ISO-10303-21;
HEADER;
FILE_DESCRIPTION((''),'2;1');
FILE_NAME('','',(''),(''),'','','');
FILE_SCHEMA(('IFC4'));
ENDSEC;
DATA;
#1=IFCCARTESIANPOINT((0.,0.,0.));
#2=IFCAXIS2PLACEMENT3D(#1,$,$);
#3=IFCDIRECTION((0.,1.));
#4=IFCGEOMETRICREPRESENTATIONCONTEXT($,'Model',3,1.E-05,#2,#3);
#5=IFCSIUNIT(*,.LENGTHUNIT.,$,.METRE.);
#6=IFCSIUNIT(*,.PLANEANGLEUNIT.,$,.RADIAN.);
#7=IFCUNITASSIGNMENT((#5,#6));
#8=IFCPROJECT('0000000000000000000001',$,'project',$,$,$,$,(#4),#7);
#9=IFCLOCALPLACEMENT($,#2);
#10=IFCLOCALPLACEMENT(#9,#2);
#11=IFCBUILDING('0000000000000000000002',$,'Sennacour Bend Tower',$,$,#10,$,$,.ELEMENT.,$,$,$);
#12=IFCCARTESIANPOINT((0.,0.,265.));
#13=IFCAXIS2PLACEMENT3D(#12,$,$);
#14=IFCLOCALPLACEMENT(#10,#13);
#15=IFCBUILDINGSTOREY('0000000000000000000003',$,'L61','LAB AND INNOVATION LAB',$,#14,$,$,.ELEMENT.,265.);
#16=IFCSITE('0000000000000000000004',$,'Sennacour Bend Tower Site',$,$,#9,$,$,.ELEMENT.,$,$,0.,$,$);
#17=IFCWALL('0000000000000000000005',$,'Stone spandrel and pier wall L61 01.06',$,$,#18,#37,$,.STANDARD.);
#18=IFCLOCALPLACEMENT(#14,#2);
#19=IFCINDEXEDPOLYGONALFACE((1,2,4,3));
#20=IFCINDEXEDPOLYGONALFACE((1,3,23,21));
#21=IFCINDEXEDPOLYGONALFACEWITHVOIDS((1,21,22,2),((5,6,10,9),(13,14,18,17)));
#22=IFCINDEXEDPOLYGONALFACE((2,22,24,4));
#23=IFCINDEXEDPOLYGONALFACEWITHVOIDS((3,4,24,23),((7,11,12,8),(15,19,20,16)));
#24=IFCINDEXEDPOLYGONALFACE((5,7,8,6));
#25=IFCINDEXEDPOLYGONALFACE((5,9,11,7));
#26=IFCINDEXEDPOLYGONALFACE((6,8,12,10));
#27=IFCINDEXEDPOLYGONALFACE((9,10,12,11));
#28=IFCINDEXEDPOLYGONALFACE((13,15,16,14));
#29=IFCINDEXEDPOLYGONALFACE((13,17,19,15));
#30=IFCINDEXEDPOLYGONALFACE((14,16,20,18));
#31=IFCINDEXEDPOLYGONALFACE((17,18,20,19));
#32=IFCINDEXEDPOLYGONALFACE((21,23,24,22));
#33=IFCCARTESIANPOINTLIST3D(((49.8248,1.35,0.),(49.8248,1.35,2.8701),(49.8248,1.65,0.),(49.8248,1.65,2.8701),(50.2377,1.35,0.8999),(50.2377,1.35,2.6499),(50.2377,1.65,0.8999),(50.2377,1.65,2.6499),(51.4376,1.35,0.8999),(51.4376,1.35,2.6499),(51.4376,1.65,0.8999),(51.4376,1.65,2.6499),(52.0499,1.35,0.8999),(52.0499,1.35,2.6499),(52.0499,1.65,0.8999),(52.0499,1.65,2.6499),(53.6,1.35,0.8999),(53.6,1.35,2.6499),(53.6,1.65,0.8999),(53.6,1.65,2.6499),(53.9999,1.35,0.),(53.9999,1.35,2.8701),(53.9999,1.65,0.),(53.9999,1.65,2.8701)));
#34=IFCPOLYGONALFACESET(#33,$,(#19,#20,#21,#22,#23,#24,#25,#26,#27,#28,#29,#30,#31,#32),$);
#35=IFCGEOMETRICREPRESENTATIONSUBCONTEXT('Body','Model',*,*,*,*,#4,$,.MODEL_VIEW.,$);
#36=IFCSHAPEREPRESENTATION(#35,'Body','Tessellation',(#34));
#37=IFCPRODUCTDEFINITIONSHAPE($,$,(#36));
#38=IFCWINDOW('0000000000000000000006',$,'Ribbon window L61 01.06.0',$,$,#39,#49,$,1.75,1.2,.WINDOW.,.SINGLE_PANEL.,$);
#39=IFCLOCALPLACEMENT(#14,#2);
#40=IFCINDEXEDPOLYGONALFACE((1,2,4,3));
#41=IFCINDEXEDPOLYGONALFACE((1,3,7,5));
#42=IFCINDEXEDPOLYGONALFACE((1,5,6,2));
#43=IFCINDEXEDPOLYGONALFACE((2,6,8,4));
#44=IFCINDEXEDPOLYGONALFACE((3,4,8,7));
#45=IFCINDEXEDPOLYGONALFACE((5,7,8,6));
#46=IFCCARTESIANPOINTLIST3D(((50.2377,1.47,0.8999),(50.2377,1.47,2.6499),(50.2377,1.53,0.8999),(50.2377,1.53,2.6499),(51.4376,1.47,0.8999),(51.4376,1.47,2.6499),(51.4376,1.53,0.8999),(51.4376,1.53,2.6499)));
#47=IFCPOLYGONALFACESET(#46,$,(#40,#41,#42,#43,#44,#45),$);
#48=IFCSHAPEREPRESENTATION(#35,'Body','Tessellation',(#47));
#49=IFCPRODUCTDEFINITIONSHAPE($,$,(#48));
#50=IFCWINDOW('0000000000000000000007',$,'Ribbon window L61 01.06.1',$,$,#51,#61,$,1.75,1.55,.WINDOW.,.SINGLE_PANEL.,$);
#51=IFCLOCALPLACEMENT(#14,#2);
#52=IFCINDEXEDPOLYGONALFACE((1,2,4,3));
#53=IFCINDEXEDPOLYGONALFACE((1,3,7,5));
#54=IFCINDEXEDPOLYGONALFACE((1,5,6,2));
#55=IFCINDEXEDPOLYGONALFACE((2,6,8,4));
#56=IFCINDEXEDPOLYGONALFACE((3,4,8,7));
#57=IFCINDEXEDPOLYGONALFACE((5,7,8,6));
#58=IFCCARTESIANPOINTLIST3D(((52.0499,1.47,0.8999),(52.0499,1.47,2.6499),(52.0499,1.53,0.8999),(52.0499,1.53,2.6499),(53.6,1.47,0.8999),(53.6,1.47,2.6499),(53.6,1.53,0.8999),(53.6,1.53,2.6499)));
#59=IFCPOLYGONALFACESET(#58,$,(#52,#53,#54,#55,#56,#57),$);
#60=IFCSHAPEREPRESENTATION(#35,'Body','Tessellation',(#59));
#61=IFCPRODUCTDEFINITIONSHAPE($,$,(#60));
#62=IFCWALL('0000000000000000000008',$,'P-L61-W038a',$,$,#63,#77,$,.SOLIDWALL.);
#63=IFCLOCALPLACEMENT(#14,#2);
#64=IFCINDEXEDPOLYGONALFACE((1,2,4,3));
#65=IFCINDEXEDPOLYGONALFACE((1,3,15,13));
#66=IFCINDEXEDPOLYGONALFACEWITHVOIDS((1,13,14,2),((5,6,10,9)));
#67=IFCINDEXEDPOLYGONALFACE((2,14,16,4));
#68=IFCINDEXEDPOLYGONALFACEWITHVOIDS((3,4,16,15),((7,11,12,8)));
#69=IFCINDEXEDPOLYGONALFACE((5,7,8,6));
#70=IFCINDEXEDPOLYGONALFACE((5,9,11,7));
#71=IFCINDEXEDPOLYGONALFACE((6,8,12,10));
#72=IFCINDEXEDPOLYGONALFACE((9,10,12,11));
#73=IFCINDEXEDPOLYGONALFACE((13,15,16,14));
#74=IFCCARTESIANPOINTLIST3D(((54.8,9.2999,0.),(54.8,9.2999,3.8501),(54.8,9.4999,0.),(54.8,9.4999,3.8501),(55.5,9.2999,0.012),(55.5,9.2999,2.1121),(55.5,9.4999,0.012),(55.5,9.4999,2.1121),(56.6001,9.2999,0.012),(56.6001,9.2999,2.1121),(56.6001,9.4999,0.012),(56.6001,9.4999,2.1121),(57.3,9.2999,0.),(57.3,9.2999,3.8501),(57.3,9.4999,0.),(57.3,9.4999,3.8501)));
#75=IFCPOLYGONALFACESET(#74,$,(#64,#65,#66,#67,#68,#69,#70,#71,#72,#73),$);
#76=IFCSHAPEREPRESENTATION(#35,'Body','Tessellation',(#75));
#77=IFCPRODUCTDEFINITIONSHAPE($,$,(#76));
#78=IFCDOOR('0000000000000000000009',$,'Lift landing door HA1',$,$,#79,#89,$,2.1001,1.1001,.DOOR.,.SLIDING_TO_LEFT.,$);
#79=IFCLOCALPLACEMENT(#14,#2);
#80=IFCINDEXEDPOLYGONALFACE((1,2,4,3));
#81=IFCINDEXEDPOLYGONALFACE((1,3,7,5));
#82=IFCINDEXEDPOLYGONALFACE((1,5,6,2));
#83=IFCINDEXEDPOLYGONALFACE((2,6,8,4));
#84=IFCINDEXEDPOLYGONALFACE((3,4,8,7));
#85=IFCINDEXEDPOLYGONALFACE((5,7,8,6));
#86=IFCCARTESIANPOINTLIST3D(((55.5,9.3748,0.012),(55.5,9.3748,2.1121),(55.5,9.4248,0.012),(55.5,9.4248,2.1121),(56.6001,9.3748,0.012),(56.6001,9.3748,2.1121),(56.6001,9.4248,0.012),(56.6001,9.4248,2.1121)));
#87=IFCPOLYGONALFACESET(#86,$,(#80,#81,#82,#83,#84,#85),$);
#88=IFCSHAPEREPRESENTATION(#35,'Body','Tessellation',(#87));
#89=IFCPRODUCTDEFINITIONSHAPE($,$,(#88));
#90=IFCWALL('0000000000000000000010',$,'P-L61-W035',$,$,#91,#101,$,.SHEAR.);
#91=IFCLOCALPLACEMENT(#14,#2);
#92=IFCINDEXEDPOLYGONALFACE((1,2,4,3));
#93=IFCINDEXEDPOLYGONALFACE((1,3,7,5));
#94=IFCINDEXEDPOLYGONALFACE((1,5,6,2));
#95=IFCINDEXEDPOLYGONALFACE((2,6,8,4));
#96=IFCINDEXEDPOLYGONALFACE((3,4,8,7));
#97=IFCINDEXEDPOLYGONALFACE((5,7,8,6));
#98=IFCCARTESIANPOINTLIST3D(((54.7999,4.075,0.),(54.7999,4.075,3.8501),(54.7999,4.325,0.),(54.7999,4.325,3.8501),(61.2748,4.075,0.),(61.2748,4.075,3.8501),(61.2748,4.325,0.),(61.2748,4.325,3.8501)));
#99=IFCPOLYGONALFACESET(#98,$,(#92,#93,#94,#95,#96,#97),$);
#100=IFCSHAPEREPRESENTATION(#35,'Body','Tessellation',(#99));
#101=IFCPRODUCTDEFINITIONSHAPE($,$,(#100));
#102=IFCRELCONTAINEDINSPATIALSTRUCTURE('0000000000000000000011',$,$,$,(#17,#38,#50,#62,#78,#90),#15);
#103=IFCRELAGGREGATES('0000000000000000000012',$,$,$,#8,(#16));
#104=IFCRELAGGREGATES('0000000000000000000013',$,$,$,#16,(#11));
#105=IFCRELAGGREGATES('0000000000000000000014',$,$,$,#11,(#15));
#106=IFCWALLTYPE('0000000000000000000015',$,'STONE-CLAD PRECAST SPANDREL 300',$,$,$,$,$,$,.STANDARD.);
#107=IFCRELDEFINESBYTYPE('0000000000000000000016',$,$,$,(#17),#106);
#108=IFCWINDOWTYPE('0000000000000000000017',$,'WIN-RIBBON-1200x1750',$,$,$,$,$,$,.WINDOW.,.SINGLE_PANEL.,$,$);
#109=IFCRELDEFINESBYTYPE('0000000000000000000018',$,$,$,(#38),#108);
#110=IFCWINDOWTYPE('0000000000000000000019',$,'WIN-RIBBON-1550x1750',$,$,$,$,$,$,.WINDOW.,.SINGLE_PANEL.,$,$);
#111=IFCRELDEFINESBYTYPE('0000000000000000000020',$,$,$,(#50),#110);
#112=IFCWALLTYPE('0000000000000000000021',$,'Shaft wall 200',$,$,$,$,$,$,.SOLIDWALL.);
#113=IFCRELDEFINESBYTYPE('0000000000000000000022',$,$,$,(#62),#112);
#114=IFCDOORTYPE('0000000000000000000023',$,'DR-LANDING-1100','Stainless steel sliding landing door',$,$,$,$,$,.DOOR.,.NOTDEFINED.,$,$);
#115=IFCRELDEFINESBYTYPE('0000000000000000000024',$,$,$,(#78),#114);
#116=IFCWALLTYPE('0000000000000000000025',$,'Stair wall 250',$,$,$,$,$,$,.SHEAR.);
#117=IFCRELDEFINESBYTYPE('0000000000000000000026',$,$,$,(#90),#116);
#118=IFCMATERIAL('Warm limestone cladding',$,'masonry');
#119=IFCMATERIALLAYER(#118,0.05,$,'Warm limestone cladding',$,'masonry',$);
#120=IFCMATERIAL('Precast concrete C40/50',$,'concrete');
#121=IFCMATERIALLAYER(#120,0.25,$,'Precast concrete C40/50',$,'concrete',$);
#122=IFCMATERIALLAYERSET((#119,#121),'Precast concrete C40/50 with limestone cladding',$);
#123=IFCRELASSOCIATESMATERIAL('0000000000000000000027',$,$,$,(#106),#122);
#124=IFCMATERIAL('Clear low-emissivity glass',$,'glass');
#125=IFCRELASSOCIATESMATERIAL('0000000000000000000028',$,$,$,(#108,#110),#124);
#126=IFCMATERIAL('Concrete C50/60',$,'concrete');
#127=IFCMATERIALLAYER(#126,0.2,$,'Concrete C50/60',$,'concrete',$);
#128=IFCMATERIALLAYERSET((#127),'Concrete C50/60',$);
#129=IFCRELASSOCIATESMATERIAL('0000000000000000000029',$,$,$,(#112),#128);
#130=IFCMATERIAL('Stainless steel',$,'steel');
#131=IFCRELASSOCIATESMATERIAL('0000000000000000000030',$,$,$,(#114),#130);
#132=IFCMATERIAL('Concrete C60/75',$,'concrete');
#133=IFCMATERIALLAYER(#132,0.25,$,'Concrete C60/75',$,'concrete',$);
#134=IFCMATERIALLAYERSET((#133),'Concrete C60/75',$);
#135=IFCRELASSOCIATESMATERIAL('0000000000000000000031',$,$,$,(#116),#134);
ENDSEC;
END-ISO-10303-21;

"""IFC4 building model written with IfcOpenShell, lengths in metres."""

from ifc_helpers import new_model, si_unit, direction, frame, frame_2d, origin, place, context, subcontext, project, spatial, rectangle, extrude, material, layer, layer_set, type_object, element, fill, save


model = new_model("IFC4")

# Units and contexts
model_context = context("Model", 3, precision=1e-05, world=origin(), true_north=direction((0.0, 1.0)))
body_context = subcontext(model_context, "Body", "Model", "MODEL_VIEW")
ifc_project = project(units=[si_unit("LENGTHUNIT", "METRE"), si_unit("PLANEANGLEUNIT", "RADIAN")], contexts=[model_context])

# Site, building, storey
site_placement = place(None, origin())
site = spatial("IfcSite", under=ifc_project, at=site_placement, Name="Sennacour Bend Tower Site", CompositionType="ELEMENT", RefElevation=0.0)
building_placement = place(site_placement, origin())
building = spatial("IfcBuilding", under=site, at=building_placement, Name="Sennacour Bend Tower", CompositionType="ELEMENT")
storey_placement = place(building_placement, frame((0.0, 0.0, 265.0)))
storey = spatial("IfcBuildingStorey", under=building, at=storey_placement, Name="L61", Description="LAB AND INNOVATION LAB", CompositionType="ELEMENT", Elevation=265.0)

# Shared definitions
ifc_material_1 = material(Name="Concrete C50/60", Category="concrete")

# Wall, openings, windows
ifc_material_2 = material(Name="Warm limestone cladding", Category="masonry")
ifc_layer_1 = layer(ifc_material_2, 0.05, Name="Warm limestone cladding", Category="masonry")
ifc_material_3 = material(Name="Precast concrete C40/50", Category="concrete")
ifc_layer_2 = layer(ifc_material_3, 0.25, Name="Precast concrete C40/50", Category="concrete")
ifc_layer_set_1 = layer_set([ifc_layer_1, ifc_layer_2], Name="Precast concrete C40/50 with limestone cladding")
wall_type_1 = type_object("IfcWallType", Name="STONE-CLAD PRECAST SPANDREL 300", PredefinedType="STANDARD", material=ifc_layer_set_1)
wall_1_placement = place(storey_placement, frame((49.825, 1.5, 0.0), z_axis=(0.0, 0.0, 1.0), x_axis=(1.0, 0.0, 0.0)))
wall_1 = element("IfcWall", 1, at=wall_1_placement, inside=storey, type_object=wall_type_1, Name="Stone spandrel and pier wall L61 01.06", PredefinedType="STANDARD", context=body_context, shape_type="SweptSolid", body=[
    extrude(rectangle(XDim=4.175, YDim=0.3, at=frame_2d((2.0874, 0.0))), origin(), (0.0, 0.0, 1.0), 2.8701),
])
opening_1_placement = place(wall_1_placement, frame((0.4126, 0.0, 0.8999)))
opening_1 = element("IfcOpeningElement", 2, at=opening_1_placement, cuts=wall_1, PredefinedType="OPENING", context=body_context, shape_type="SweptSolid", body=[
    extrude(rectangle(XDim=1.2, YDim=1.75, at=frame_2d((0.6001, 0.875))), frame((0.0, 0.1602, 0.0), z_axis=(0.0, -1.0, 0.0), x_axis=(1.0, 0.0, 0.0)), (0.0, 0.0, 1.0), 0.3201),
])
opening_2_placement = place(wall_1_placement, frame((2.2251, 0.0, 0.8999)))
opening_2 = element("IfcOpeningElement", 3, at=opening_2_placement, cuts=wall_1, PredefinedType="OPENING", context=body_context, shape_type="SweptSolid", body=[
    extrude(rectangle(XDim=1.55, YDim=1.75, at=frame_2d((0.7749, 0.875))), frame((0.0, 0.1602, 0.0), z_axis=(0.0, -1.0, 0.0), x_axis=(1.0, 0.0, 0.0)), (0.0, 0.0, 1.0), 0.3201),
])
ifc_material_4 = material(Name="Clear low-emissivity glass", Category="glass")
window_type_1 = type_object("IfcWindowType", Name="WIN-RIBBON-1200x1750", PartitioningType="SINGLE_PANEL", PredefinedType="WINDOW", material=ifc_material_4)
window_1_placement = place(opening_1_placement, origin())
window_1 = element("IfcWindow", 4, at=window_1_placement, inside=storey, type_object=window_type_1, Name="Ribbon window L61 01.06.0", OverallHeight=1.75, OverallWidth=1.2, PartitioningType="SINGLE_PANEL", PredefinedType="WINDOW", context=body_context, shape_type="SweptSolid", body=[
    extrude(rectangle(XDim=1.2, YDim=1.75, at=frame_2d((0.6001, 0.875))), frame((0.0, 0.03, 0.0), z_axis=(0.0, -1.0, 0.0), x_axis=(1.0, 0.0, 0.0)), (0.0, 0.0, 1.0), 0.0601),
])
fill(opening_1, window_1)
window_type_2 = type_object("IfcWindowType", Name="WIN-RIBBON-1550x1750", PartitioningType="SINGLE_PANEL", PredefinedType="WINDOW", material=ifc_material_4)
window_2_placement = place(opening_2_placement, origin())
window_2 = element("IfcWindow", 5, at=window_2_placement, inside=storey, type_object=window_type_2, Name="Ribbon window L61 01.06.1", OverallHeight=1.75, OverallWidth=1.55, PartitioningType="SINGLE_PANEL", PredefinedType="WINDOW", context=body_context, shape_type="SweptSolid", body=[
    extrude(rectangle(XDim=1.55, YDim=1.75, at=frame_2d((0.7749, 0.875))), frame((0.0, 0.03, 0.0), z_axis=(0.0, -1.0, 0.0), x_axis=(1.0, 0.0, 0.0)), (0.0, 0.0, 1.0), 0.0601),
])
fill(opening_2, window_2)

# Wall, opening, door
ifc_layer_3 = layer(ifc_material_1, 0.2, Name="Concrete C50/60", Category="concrete")
ifc_layer_set_2 = layer_set([ifc_layer_3], Name="Concrete C50/60")
wall_type_2 = type_object("IfcWallType", Name="Shaft wall 200", PredefinedType="SOLIDWALL", material=ifc_layer_set_2)
wall_2_placement = place(storey_placement, frame((54.8, 9.3999, 0.0), z_axis=(0.0, 0.0, 1.0), x_axis=(1.0, 0.0, 0.0)))
wall_2 = element("IfcWall", 6, at=wall_2_placement, inside=storey, type_object=wall_type_2, Name="P-L61-W038a", PredefinedType="SOLIDWALL", context=body_context, shape_type="SweptSolid", body=[
    extrude(rectangle(XDim=2.5, YDim=0.2, at=frame_2d((1.25, 0.0))), origin(), (0.0, 0.0, 1.0), 3.8501),
])
opening_3_placement = place(wall_2_placement, frame((0.7, 0.0, 0.012)))
opening_3 = element("IfcOpeningElement", 7, at=opening_3_placement, cuts=wall_2, PredefinedType="OPENING", context=body_context, shape_type="SweptSolid", body=[
    extrude(rectangle(XDim=1.1001, YDim=2.1001, at=frame_2d((0.55, 1.05))), frame((0.0, 0.1099, 0.0), z_axis=(0.0, -1.0, 0.0), x_axis=(1.0, 0.0, 0.0)), (0.0, 0.0, 1.0), 0.22),
])
ifc_material_5 = material(Name="Stainless steel", Category="steel")
door_type_1 = type_object("IfcDoorType", Name="DR-LANDING-1100", Description="Stainless steel sliding landing door", OperationType="NOTDEFINED", PredefinedType="DOOR", material=ifc_material_5)
door_1_placement = place(opening_3_placement, origin())
door_1 = element("IfcDoor", 8, at=door_1_placement, inside=storey, type_object=door_type_1, Name="Lift landing door HA1", OperationType="SLIDING_TO_LEFT", OverallHeight=2.1001, OverallWidth=1.1001, PredefinedType="DOOR", context=body_context, shape_type="SweptSolid", body=[
    extrude(rectangle(XDim=1.1001, YDim=2.1001, at=frame_2d((0.55, 1.05))), frame((0.0, 0.0249, 0.0), z_axis=(0.0, -1.0, 0.0), x_axis=(1.0, 0.0, 0.0)), (0.0, 0.0, 1.0), 0.05),
])
fill(opening_3, door_1)

# Wall
ifc_material_6 = material(Name="Concrete C60/75", Category="concrete")
ifc_layer_4 = layer(ifc_material_6, 0.25, Name="Concrete C60/75", Category="concrete")
ifc_layer_set_3 = layer_set([ifc_layer_4], Name="Concrete C60/75")
wall_type_3 = type_object("IfcWallType", Name="Stair wall 250", PredefinedType="SHEAR", material=ifc_layer_set_3)
wall_3_placement = place(storey_placement, frame((54.8, 4.2, 0.0), z_axis=(0.0, 0.0, 1.0), x_axis=(1.0, 0.0, 0.0)))
element("IfcWall", 9, at=wall_3_placement, inside=storey, type_object=wall_type_3, Name="P-L61-W035", PredefinedType="SHEAR", context=body_context, shape_type="SweptSolid", body=[
    extrude(rectangle(XDim=6.4749, YDim=0.25, at=frame_2d((3.2373, 0.0))), origin(), (0.0, 0.0, 1.0), 3.8501),
])

save(model, "model.ifc")
